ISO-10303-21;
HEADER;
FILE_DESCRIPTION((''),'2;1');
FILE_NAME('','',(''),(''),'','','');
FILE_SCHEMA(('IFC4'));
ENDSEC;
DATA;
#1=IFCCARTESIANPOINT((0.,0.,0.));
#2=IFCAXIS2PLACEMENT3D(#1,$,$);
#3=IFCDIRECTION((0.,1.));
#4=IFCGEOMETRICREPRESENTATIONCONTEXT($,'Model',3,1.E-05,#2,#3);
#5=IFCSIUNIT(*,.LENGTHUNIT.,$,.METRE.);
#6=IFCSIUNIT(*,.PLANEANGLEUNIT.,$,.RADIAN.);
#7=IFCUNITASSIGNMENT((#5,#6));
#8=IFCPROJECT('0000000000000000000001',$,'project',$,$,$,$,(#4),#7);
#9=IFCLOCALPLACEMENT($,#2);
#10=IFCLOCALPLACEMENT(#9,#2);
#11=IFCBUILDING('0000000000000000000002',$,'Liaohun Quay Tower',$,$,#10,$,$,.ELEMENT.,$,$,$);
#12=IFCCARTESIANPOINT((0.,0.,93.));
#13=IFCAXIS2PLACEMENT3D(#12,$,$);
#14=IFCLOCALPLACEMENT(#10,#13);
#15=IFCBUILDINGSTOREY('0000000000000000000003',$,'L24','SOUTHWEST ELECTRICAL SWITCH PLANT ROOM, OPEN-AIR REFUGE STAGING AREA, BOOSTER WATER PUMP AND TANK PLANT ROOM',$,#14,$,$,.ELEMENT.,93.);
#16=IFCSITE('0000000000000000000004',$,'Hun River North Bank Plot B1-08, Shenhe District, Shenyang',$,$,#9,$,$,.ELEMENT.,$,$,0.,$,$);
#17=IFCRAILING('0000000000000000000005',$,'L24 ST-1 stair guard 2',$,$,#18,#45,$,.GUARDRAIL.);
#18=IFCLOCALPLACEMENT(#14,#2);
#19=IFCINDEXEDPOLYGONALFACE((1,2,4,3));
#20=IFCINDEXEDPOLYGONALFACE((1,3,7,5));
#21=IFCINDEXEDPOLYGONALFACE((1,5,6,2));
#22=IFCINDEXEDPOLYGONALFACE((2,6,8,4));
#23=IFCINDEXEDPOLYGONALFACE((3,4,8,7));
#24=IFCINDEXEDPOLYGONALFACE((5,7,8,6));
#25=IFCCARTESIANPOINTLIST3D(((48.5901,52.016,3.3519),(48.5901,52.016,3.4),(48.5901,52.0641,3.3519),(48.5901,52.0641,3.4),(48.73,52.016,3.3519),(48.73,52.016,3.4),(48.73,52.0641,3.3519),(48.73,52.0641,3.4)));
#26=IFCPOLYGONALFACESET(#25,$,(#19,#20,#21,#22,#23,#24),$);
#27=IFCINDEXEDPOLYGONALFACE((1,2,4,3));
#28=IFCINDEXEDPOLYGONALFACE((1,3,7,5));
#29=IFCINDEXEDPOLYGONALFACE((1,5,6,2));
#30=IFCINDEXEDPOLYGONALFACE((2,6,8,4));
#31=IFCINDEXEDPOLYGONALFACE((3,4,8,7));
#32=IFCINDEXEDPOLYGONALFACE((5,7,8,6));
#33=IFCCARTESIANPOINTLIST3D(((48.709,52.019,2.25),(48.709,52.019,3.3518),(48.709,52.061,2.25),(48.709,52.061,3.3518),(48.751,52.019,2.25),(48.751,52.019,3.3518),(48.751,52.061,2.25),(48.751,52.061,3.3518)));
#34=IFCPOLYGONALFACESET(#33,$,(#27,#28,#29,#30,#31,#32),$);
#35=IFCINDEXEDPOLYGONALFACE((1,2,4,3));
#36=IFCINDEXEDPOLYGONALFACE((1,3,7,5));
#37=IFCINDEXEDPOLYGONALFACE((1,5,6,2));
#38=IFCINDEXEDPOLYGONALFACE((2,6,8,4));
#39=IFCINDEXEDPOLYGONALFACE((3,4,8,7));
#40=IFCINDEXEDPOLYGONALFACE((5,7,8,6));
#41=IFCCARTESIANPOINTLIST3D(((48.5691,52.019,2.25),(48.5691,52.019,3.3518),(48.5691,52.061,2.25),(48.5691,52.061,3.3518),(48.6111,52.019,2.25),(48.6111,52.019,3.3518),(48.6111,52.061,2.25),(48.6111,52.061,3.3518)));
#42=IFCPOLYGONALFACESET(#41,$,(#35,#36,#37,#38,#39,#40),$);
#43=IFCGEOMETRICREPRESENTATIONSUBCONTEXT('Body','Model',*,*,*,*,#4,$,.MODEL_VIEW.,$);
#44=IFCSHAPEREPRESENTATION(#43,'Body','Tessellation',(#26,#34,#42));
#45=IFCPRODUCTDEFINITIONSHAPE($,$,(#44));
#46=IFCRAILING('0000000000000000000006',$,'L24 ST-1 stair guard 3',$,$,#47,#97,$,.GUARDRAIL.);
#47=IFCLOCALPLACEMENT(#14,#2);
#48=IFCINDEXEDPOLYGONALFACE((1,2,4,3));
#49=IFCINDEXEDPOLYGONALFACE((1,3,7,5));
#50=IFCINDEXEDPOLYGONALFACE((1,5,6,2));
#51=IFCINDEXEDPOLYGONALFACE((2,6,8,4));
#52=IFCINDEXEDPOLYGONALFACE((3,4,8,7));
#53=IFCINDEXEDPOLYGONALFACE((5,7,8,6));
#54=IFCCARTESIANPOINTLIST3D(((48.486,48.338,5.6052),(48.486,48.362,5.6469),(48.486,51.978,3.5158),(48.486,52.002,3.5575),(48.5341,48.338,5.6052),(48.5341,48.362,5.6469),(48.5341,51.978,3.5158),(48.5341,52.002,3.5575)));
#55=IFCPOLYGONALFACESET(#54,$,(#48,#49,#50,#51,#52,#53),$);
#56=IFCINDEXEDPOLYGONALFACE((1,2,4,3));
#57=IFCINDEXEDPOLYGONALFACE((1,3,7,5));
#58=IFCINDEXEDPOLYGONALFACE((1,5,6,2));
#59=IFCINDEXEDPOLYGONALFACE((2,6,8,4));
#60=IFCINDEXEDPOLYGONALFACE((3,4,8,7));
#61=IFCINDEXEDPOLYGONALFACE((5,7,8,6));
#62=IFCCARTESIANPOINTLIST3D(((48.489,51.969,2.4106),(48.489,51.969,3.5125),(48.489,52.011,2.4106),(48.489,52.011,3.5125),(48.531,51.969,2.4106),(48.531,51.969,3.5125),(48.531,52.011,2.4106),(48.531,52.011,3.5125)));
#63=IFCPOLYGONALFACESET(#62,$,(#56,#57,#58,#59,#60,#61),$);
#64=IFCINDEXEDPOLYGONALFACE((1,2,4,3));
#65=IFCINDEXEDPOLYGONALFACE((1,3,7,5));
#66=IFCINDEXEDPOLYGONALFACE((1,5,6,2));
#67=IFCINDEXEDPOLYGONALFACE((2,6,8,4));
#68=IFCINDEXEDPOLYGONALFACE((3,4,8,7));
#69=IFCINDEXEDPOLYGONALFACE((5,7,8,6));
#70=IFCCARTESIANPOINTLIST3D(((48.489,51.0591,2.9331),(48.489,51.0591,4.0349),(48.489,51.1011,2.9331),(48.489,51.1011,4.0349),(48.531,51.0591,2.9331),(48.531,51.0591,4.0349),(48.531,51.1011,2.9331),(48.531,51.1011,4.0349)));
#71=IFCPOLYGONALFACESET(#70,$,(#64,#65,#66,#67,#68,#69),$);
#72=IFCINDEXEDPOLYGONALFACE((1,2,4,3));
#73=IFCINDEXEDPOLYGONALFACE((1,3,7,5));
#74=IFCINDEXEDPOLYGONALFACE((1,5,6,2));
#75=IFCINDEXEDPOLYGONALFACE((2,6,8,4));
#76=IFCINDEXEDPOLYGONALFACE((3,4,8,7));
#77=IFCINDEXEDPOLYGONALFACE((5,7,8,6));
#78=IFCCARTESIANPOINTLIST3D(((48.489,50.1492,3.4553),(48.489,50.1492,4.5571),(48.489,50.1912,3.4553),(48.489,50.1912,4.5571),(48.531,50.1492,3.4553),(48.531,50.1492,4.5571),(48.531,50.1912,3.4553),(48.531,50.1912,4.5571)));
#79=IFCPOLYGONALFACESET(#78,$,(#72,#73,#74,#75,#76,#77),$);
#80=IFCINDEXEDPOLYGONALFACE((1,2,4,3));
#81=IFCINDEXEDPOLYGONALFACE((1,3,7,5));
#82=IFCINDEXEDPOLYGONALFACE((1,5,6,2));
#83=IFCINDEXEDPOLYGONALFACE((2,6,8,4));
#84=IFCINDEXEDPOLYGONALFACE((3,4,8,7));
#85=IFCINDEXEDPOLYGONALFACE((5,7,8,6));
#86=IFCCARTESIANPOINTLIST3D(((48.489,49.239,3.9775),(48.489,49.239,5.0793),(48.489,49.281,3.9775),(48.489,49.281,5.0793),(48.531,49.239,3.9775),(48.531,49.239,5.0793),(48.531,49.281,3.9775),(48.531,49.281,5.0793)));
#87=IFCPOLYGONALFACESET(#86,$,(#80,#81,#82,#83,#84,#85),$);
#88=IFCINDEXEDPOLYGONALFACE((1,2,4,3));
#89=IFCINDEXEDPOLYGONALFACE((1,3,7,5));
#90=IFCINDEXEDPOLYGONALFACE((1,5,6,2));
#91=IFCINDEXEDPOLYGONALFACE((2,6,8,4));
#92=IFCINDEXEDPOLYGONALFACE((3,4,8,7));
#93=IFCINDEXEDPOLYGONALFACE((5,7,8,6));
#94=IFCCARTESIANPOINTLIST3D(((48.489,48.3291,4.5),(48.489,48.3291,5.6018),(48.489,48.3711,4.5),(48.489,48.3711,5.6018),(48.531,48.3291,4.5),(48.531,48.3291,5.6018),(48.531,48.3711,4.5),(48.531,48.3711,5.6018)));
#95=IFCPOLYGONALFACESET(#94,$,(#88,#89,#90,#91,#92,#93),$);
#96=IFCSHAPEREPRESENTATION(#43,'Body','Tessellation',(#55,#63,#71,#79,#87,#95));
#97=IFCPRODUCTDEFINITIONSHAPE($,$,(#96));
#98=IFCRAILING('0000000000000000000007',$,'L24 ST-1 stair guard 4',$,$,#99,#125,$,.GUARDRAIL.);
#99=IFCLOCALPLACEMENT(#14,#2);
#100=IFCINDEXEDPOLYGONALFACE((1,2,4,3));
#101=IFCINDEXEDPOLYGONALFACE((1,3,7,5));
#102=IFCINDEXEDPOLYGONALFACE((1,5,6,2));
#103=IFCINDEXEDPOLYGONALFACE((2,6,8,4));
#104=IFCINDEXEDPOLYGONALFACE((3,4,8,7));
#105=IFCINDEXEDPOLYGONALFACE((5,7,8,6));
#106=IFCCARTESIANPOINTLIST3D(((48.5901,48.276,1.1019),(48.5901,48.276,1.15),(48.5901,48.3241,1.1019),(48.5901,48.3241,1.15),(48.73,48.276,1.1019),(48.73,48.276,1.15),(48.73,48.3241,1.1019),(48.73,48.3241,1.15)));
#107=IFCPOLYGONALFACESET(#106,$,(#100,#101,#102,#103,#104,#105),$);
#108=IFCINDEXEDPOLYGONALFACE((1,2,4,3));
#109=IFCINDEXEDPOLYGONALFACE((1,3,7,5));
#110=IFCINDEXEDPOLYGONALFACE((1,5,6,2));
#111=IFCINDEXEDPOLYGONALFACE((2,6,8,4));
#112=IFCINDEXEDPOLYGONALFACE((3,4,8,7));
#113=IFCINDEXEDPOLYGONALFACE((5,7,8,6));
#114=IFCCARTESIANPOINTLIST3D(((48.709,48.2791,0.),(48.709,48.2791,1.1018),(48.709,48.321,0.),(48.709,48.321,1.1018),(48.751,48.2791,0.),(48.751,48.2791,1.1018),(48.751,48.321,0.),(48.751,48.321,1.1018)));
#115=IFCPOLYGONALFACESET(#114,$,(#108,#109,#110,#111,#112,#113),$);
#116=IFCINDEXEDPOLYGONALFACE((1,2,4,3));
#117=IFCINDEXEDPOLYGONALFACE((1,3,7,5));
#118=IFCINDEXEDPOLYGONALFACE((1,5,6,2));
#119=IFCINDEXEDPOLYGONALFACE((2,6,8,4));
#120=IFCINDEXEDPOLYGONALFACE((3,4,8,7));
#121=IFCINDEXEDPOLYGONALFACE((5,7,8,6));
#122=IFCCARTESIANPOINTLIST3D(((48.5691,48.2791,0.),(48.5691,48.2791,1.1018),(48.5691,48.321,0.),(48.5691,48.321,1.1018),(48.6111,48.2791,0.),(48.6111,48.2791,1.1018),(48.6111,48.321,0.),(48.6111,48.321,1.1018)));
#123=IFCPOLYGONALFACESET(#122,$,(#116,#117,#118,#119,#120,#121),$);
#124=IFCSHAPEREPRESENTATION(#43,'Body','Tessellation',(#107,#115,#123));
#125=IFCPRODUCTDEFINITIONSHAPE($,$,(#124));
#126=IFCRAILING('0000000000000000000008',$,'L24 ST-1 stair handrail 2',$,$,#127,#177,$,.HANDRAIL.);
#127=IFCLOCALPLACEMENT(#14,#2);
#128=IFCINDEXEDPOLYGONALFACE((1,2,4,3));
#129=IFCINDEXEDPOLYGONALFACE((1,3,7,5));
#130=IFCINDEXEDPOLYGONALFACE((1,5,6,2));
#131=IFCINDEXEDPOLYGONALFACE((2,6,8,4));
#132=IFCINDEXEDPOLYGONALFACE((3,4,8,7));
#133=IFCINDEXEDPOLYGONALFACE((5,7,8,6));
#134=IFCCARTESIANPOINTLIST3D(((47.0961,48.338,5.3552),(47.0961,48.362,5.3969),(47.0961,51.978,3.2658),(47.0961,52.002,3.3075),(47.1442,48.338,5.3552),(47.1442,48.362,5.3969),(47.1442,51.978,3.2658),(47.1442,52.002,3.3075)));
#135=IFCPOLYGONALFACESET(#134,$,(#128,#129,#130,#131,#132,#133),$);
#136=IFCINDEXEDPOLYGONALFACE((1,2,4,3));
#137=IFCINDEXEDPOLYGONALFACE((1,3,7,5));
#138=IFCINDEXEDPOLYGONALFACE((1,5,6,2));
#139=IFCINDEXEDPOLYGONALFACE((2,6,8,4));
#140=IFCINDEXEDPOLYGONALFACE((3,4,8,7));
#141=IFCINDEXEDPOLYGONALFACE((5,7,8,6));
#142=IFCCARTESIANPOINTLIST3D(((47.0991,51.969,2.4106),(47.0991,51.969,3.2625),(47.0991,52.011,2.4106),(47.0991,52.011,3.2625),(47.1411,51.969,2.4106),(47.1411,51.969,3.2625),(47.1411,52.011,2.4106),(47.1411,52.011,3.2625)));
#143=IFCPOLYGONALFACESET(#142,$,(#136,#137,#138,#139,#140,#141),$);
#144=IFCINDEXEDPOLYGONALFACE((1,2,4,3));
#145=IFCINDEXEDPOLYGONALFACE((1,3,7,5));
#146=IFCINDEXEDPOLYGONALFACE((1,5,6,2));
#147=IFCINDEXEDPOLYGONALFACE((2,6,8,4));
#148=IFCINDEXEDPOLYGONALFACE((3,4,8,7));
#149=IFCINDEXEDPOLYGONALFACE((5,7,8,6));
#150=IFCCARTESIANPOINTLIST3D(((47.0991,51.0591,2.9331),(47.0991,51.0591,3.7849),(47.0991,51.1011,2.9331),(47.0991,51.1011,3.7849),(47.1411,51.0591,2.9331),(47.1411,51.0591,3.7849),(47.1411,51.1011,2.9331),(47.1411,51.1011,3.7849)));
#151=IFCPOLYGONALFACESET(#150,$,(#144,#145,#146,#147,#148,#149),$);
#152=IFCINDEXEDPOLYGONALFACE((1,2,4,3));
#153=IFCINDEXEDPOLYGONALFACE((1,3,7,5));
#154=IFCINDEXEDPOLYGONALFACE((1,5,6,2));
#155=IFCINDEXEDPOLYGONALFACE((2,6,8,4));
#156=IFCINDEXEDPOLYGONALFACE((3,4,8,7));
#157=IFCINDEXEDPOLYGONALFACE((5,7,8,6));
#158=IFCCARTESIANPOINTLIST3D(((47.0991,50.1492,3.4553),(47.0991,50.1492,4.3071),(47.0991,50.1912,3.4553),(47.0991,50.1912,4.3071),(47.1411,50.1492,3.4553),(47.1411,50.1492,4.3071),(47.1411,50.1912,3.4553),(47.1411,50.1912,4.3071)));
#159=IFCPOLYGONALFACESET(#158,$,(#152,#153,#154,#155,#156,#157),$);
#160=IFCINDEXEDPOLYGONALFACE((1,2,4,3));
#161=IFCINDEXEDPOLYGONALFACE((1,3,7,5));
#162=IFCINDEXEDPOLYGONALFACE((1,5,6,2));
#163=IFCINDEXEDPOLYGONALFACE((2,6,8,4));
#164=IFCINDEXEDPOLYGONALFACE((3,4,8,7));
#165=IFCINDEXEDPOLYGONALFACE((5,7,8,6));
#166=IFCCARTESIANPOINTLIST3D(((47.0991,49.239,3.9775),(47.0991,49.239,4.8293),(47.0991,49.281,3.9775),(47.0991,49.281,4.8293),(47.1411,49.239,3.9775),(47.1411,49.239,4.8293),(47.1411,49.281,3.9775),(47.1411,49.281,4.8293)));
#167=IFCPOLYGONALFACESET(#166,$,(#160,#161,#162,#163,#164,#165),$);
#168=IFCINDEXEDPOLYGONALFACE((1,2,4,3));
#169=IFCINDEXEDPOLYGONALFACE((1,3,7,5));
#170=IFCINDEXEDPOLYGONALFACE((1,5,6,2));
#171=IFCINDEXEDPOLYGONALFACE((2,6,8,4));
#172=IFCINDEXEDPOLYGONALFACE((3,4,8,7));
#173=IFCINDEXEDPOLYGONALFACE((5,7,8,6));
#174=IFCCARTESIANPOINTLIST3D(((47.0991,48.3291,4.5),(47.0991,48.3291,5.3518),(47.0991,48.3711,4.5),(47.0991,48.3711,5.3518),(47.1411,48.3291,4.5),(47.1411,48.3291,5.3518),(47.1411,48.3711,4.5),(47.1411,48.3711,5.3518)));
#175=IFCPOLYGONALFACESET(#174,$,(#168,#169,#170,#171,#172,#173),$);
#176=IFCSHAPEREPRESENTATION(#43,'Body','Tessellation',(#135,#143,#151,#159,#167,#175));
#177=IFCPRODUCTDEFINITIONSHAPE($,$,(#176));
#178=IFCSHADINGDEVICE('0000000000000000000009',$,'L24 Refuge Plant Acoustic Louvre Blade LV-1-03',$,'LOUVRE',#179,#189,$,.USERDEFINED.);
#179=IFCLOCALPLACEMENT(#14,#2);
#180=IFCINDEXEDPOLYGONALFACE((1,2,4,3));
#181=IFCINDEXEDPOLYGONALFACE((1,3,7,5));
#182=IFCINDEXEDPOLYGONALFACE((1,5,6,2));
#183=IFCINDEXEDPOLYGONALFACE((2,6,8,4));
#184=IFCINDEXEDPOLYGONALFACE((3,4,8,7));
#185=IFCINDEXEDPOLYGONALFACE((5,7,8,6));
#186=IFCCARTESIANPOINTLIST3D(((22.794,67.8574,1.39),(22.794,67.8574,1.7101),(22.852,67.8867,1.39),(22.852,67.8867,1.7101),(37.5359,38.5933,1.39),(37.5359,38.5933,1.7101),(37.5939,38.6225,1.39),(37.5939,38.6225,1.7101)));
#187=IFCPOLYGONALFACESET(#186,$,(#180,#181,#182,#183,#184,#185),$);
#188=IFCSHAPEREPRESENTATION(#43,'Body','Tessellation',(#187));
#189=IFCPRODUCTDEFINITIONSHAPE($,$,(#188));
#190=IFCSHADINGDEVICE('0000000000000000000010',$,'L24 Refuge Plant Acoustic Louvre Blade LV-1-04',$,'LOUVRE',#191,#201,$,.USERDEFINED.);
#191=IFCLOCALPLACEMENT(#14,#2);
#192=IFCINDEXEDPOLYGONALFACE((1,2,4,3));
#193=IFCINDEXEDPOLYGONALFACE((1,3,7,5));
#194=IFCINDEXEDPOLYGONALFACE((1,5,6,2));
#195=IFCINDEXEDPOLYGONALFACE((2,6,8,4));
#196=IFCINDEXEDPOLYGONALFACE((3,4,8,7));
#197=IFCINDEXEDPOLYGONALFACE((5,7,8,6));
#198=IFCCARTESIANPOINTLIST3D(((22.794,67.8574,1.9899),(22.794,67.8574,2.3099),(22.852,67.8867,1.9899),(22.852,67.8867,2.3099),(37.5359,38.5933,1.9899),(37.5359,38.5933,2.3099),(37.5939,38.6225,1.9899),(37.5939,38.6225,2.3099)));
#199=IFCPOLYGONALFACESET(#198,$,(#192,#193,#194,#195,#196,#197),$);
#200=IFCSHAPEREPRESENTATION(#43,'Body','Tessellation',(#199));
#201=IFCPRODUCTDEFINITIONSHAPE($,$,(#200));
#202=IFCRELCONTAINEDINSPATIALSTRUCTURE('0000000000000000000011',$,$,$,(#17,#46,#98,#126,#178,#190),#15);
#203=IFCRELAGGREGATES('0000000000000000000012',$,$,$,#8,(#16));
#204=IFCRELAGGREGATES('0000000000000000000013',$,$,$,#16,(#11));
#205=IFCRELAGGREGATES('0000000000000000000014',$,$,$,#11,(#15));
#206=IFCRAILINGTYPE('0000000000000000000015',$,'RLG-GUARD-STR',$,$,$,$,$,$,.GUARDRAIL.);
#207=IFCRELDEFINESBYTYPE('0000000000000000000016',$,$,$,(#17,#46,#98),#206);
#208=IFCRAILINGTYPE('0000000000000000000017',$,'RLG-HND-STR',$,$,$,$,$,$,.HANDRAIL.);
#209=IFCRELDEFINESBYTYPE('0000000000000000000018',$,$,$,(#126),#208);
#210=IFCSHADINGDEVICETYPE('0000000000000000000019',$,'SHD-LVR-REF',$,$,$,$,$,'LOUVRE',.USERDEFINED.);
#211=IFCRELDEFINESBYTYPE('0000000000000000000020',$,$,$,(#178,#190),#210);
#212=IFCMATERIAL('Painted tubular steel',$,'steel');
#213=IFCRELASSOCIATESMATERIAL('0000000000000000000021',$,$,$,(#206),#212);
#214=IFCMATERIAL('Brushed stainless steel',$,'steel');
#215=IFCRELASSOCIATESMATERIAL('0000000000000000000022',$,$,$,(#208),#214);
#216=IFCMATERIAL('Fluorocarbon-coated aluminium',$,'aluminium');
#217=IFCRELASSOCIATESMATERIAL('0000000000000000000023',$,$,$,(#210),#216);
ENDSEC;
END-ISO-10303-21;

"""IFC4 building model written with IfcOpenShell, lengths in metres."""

from ifc_helpers import new_model, si_unit, direction, frame, origin, origin_2d, place, context, subcontext, project, spatial, rectangle, extrude, source, transform, mapped, material, material_profile, profile_set, type_object, element, save


model = new_model("IFC4")

# Units and contexts
model_context = context("Model", 3, precision=1e-05, world=origin(), true_north=direction((0.0, 1.0)))
body_context = subcontext(model_context, "Body", "Model", "MODEL_VIEW")
ifc_project = project(units=[si_unit("LENGTHUNIT", "METRE"), si_unit("PLANEANGLEUNIT", "RADIAN")], contexts=[model_context])

# Site, building, storey
site_placement = place(None, origin())
site = spatial("IfcSite", under=ifc_project, at=site_placement, Name="Hun River North Bank Plot B1-08, Shenhe District, Shenyang", CompositionType="ELEMENT", RefElevation=0.0)
building_placement = place(site_placement, origin())
building = spatial("IfcBuilding", under=site, at=building_placement, Name="Liaohun Quay Tower", CompositionType="ELEMENT")
storey_placement = place(building_placement, frame((0.0, 0.0, 93.0)))
storey = spatial("IfcBuildingStorey", under=building, at=storey_placement, Name="L24", Description="SOUTHWEST ELECTRICAL SWITCH PLANT ROOM, OPEN-AIR REFUGE STAGING AREA, BOOSTER WATER PUMP AND TANK PLANT ROOM", CompositionType="ELEMENT", Elevation=93.0)

# Railings
ifc_material_1 = material(Name="Painted tubular steel", Category="steel")
railing_type_1 = type_object("IfcRailingType", Name="RLG-GUARD-STR", PredefinedType="GUARDRAIL", material=ifc_material_1)
railing_1_placement = place(storey_placement, frame((48.73, 52.04, 2.25)))
element("IfcRailing", 1, at=railing_1_placement, inside=storey, type_object=railing_type_1, Name="L24 ST-1 stair guard 2", PredefinedType="GUARDRAIL", context=body_context, shape_type="SweptSolid", body=[
    extrude(rectangle(XDim=0.0481, YDim=0.0481, at=origin_2d()), frame((0.0, 0.0, 1.126), z_axis=(-1.0, 0.0, 0.0), x_axis=(0.0, -1.0, 0.0)), (0.0, 0.0, 1.0), 0.1399),
    extrude(rectangle(XDim=0.042, YDim=0.042, at=origin_2d()), origin(), (0.0, 0.0, 1.0), 1.1018),
    extrude(rectangle(XDim=0.042, YDim=0.042, at=origin_2d()), frame((-0.1399, 0.0, 0.0)), (0.0, 0.0, 1.0), 1.1018),
])
railing_2_placement = place(storey_placement, frame((48.51, 51.99, 2.4106)))
element("IfcRailing", 2, at=railing_2_placement, inside=storey, type_object=railing_type_1, Name="L24 ST-1 stair guard 3", PredefinedType="GUARDRAIL", context=body_context, shape_type="SweptSolid", body=[
    extrude(rectangle(XDim=0.0481, YDim=0.0481, at=origin_2d()), frame((0.0, 0.0, 1.126), z_axis=(0.0, -0.867275, 0.497829), x_axis=(1.0, 0.0, 0.0)), (0.0, 0.0, 1.0), 4.197),
    extrude(rectangle(XDim=0.042, YDim=0.042, at=origin_2d()), origin(), (0.0, 0.0, 1.0), 1.1018),
    extrude(rectangle(XDim=0.042, YDim=0.042, at=origin_2d()), frame((0.0, -0.9099, 0.5225)), (0.0, 0.0, 1.0), 1.1018),
    extrude(rectangle(XDim=0.042, YDim=0.042, at=origin_2d()), frame((0.0, -1.8198, 1.0447)), (0.0, 0.0, 1.0), 1.1018),
    extrude(rectangle(XDim=0.042, YDim=0.042, at=origin_2d()), frame((0.0, -2.73, 1.5669)), (0.0, 0.0, 1.0), 1.1018),
    extrude(rectangle(XDim=0.042, YDim=0.042, at=origin_2d()), frame((0.0, -3.6399, 2.0894)), (0.0, 0.0, 1.0), 1.1018),
])
railing_3_placement = place(storey_placement, frame((48.73, 48.3, 0.0)))
element("IfcRailing", 3, at=railing_3_placement, inside=storey, type_object=railing_type_1, Name="L24 ST-1 stair guard 4", PredefinedType="GUARDRAIL", context=body_context, shape_type="SweptSolid", body=[
    extrude(rectangle(XDim=0.0481, YDim=0.0481, at=origin_2d()), frame((0.0, 0.0, 1.126), z_axis=(-1.0, 0.0, 0.0), x_axis=(0.0, -1.0, 0.0)), (0.0, 0.0, 1.0), 0.1399),
    extrude(rectangle(XDim=0.042, YDim=0.042, at=origin_2d()), origin(), (0.0, 0.0, 1.0), 1.1018),
    extrude(rectangle(XDim=0.042, YDim=0.042, at=origin_2d()), frame((-0.1399, 0.0, 0.0)), (0.0, 0.0, 1.0), 1.1018),
])
ifc_material_2 = material(Name="Brushed stainless steel", Category="steel")
railing_type_2 = type_object("IfcRailingType", Name="RLG-HND-STR", PredefinedType="HANDRAIL", material=ifc_material_2)
railing_4_placement = place(storey_placement, frame((47.1201, 51.99, 2.4106)))
element("IfcRailing", 4, at=railing_4_placement, inside=storey, type_object=railing_type_2, Name="L24 ST-1 stair handrail 2", PredefinedType="HANDRAIL", context=body_context, shape_type="SweptSolid", body=[
    extrude(rectangle(XDim=0.0481, YDim=0.0481, at=origin_2d()), frame((0.0, 0.0, 0.876), z_axis=(0.0, -0.867275, 0.497829), x_axis=(1.0, 0.0, 0.0)), (0.0, 0.0, 1.0), 4.197),
    extrude(rectangle(XDim=0.042, YDim=0.042, at=origin_2d()), origin(), (0.0, 0.0, 1.0), 0.8518),
    extrude(rectangle(XDim=0.042, YDim=0.042, at=origin_2d()), frame((0.0, -0.9099, 0.5225)), (0.0, 0.0, 1.0), 0.8518),
    extrude(rectangle(XDim=0.042, YDim=0.042, at=origin_2d()), frame((0.0, -1.8198, 1.0447)), (0.0, 0.0, 1.0), 0.8518),
    extrude(rectangle(XDim=0.042, YDim=0.042, at=origin_2d()), frame((0.0, -2.73, 1.5669)), (0.0, 0.0, 1.0), 0.8518),
    extrude(rectangle(XDim=0.042, YDim=0.042, at=origin_2d()), frame((0.0, -3.6399, 2.0894)), (0.0, 0.0, 1.0), 0.8518),
])

# Shading devices
ifc_material_3 = material(Name="Fluorocarbon-coated aluminium", Category="aluminium")
ifc_material_profile_1 = material_profile(ifc_material_3, rectangle(XDim=0.0649, YDim=0.3201, at=origin_2d()), Name="ALU-LVR-320x65")
ifc_profile_set_1 = profile_set([ifc_material_profile_1], Name="Fluorocarbon-coated aluminium")
shading_device_type = type_object("IfcShadingDeviceType", Name="SHD-LVR-REF", ElementType="LOUVRE", PredefinedType="USERDEFINED", material=ifc_profile_set_1)
shared_shape_1 = source(origin(), body_context, "Body", "SweptSolid", [
    extrude(rectangle(XDim=0.0649, YDim=0.3201, at=origin_2d()), origin(), (0.0, 0.0, 1.0), 32.7676),
])
for number, where, z_axis, x_axis, name in (
    (5, (37.5649, 38.6079, 1.55), (-0.449894, 0.893082, 0.0), (-0.893082, -0.449894, 0.0), "L24 Refuge Plant Acoustic Louvre Blade LV-1-03"),
    (6, (37.5649, 38.6079, 2.1499), (-0.449894, 0.893082, 0.0), (-0.893082, -0.449894, 0.0), "L24 Refuge Plant Acoustic Louvre Blade LV-1-04"),
):
    element("IfcShadingDevice", number, at=place(storey_placement, frame(where, z_axis=z_axis, x_axis=x_axis)), inside=storey, type_object=shading_device_type, Name=name, ObjectType="LOUVRE", PredefinedType="USERDEFINED", context=body_context, shape_type="MappedRepresentation", body=[
        mapped(shared_shape_1, transform((0.0, 0.0, 0.0), x_axis=(1.0, 0.0, 0.0), y_axis=(0.0, 1.0, 0.0), z_axis=(0.0, 0.0, 1.0), scale=1.0)),
    ])

save(model, "model.ifc")
